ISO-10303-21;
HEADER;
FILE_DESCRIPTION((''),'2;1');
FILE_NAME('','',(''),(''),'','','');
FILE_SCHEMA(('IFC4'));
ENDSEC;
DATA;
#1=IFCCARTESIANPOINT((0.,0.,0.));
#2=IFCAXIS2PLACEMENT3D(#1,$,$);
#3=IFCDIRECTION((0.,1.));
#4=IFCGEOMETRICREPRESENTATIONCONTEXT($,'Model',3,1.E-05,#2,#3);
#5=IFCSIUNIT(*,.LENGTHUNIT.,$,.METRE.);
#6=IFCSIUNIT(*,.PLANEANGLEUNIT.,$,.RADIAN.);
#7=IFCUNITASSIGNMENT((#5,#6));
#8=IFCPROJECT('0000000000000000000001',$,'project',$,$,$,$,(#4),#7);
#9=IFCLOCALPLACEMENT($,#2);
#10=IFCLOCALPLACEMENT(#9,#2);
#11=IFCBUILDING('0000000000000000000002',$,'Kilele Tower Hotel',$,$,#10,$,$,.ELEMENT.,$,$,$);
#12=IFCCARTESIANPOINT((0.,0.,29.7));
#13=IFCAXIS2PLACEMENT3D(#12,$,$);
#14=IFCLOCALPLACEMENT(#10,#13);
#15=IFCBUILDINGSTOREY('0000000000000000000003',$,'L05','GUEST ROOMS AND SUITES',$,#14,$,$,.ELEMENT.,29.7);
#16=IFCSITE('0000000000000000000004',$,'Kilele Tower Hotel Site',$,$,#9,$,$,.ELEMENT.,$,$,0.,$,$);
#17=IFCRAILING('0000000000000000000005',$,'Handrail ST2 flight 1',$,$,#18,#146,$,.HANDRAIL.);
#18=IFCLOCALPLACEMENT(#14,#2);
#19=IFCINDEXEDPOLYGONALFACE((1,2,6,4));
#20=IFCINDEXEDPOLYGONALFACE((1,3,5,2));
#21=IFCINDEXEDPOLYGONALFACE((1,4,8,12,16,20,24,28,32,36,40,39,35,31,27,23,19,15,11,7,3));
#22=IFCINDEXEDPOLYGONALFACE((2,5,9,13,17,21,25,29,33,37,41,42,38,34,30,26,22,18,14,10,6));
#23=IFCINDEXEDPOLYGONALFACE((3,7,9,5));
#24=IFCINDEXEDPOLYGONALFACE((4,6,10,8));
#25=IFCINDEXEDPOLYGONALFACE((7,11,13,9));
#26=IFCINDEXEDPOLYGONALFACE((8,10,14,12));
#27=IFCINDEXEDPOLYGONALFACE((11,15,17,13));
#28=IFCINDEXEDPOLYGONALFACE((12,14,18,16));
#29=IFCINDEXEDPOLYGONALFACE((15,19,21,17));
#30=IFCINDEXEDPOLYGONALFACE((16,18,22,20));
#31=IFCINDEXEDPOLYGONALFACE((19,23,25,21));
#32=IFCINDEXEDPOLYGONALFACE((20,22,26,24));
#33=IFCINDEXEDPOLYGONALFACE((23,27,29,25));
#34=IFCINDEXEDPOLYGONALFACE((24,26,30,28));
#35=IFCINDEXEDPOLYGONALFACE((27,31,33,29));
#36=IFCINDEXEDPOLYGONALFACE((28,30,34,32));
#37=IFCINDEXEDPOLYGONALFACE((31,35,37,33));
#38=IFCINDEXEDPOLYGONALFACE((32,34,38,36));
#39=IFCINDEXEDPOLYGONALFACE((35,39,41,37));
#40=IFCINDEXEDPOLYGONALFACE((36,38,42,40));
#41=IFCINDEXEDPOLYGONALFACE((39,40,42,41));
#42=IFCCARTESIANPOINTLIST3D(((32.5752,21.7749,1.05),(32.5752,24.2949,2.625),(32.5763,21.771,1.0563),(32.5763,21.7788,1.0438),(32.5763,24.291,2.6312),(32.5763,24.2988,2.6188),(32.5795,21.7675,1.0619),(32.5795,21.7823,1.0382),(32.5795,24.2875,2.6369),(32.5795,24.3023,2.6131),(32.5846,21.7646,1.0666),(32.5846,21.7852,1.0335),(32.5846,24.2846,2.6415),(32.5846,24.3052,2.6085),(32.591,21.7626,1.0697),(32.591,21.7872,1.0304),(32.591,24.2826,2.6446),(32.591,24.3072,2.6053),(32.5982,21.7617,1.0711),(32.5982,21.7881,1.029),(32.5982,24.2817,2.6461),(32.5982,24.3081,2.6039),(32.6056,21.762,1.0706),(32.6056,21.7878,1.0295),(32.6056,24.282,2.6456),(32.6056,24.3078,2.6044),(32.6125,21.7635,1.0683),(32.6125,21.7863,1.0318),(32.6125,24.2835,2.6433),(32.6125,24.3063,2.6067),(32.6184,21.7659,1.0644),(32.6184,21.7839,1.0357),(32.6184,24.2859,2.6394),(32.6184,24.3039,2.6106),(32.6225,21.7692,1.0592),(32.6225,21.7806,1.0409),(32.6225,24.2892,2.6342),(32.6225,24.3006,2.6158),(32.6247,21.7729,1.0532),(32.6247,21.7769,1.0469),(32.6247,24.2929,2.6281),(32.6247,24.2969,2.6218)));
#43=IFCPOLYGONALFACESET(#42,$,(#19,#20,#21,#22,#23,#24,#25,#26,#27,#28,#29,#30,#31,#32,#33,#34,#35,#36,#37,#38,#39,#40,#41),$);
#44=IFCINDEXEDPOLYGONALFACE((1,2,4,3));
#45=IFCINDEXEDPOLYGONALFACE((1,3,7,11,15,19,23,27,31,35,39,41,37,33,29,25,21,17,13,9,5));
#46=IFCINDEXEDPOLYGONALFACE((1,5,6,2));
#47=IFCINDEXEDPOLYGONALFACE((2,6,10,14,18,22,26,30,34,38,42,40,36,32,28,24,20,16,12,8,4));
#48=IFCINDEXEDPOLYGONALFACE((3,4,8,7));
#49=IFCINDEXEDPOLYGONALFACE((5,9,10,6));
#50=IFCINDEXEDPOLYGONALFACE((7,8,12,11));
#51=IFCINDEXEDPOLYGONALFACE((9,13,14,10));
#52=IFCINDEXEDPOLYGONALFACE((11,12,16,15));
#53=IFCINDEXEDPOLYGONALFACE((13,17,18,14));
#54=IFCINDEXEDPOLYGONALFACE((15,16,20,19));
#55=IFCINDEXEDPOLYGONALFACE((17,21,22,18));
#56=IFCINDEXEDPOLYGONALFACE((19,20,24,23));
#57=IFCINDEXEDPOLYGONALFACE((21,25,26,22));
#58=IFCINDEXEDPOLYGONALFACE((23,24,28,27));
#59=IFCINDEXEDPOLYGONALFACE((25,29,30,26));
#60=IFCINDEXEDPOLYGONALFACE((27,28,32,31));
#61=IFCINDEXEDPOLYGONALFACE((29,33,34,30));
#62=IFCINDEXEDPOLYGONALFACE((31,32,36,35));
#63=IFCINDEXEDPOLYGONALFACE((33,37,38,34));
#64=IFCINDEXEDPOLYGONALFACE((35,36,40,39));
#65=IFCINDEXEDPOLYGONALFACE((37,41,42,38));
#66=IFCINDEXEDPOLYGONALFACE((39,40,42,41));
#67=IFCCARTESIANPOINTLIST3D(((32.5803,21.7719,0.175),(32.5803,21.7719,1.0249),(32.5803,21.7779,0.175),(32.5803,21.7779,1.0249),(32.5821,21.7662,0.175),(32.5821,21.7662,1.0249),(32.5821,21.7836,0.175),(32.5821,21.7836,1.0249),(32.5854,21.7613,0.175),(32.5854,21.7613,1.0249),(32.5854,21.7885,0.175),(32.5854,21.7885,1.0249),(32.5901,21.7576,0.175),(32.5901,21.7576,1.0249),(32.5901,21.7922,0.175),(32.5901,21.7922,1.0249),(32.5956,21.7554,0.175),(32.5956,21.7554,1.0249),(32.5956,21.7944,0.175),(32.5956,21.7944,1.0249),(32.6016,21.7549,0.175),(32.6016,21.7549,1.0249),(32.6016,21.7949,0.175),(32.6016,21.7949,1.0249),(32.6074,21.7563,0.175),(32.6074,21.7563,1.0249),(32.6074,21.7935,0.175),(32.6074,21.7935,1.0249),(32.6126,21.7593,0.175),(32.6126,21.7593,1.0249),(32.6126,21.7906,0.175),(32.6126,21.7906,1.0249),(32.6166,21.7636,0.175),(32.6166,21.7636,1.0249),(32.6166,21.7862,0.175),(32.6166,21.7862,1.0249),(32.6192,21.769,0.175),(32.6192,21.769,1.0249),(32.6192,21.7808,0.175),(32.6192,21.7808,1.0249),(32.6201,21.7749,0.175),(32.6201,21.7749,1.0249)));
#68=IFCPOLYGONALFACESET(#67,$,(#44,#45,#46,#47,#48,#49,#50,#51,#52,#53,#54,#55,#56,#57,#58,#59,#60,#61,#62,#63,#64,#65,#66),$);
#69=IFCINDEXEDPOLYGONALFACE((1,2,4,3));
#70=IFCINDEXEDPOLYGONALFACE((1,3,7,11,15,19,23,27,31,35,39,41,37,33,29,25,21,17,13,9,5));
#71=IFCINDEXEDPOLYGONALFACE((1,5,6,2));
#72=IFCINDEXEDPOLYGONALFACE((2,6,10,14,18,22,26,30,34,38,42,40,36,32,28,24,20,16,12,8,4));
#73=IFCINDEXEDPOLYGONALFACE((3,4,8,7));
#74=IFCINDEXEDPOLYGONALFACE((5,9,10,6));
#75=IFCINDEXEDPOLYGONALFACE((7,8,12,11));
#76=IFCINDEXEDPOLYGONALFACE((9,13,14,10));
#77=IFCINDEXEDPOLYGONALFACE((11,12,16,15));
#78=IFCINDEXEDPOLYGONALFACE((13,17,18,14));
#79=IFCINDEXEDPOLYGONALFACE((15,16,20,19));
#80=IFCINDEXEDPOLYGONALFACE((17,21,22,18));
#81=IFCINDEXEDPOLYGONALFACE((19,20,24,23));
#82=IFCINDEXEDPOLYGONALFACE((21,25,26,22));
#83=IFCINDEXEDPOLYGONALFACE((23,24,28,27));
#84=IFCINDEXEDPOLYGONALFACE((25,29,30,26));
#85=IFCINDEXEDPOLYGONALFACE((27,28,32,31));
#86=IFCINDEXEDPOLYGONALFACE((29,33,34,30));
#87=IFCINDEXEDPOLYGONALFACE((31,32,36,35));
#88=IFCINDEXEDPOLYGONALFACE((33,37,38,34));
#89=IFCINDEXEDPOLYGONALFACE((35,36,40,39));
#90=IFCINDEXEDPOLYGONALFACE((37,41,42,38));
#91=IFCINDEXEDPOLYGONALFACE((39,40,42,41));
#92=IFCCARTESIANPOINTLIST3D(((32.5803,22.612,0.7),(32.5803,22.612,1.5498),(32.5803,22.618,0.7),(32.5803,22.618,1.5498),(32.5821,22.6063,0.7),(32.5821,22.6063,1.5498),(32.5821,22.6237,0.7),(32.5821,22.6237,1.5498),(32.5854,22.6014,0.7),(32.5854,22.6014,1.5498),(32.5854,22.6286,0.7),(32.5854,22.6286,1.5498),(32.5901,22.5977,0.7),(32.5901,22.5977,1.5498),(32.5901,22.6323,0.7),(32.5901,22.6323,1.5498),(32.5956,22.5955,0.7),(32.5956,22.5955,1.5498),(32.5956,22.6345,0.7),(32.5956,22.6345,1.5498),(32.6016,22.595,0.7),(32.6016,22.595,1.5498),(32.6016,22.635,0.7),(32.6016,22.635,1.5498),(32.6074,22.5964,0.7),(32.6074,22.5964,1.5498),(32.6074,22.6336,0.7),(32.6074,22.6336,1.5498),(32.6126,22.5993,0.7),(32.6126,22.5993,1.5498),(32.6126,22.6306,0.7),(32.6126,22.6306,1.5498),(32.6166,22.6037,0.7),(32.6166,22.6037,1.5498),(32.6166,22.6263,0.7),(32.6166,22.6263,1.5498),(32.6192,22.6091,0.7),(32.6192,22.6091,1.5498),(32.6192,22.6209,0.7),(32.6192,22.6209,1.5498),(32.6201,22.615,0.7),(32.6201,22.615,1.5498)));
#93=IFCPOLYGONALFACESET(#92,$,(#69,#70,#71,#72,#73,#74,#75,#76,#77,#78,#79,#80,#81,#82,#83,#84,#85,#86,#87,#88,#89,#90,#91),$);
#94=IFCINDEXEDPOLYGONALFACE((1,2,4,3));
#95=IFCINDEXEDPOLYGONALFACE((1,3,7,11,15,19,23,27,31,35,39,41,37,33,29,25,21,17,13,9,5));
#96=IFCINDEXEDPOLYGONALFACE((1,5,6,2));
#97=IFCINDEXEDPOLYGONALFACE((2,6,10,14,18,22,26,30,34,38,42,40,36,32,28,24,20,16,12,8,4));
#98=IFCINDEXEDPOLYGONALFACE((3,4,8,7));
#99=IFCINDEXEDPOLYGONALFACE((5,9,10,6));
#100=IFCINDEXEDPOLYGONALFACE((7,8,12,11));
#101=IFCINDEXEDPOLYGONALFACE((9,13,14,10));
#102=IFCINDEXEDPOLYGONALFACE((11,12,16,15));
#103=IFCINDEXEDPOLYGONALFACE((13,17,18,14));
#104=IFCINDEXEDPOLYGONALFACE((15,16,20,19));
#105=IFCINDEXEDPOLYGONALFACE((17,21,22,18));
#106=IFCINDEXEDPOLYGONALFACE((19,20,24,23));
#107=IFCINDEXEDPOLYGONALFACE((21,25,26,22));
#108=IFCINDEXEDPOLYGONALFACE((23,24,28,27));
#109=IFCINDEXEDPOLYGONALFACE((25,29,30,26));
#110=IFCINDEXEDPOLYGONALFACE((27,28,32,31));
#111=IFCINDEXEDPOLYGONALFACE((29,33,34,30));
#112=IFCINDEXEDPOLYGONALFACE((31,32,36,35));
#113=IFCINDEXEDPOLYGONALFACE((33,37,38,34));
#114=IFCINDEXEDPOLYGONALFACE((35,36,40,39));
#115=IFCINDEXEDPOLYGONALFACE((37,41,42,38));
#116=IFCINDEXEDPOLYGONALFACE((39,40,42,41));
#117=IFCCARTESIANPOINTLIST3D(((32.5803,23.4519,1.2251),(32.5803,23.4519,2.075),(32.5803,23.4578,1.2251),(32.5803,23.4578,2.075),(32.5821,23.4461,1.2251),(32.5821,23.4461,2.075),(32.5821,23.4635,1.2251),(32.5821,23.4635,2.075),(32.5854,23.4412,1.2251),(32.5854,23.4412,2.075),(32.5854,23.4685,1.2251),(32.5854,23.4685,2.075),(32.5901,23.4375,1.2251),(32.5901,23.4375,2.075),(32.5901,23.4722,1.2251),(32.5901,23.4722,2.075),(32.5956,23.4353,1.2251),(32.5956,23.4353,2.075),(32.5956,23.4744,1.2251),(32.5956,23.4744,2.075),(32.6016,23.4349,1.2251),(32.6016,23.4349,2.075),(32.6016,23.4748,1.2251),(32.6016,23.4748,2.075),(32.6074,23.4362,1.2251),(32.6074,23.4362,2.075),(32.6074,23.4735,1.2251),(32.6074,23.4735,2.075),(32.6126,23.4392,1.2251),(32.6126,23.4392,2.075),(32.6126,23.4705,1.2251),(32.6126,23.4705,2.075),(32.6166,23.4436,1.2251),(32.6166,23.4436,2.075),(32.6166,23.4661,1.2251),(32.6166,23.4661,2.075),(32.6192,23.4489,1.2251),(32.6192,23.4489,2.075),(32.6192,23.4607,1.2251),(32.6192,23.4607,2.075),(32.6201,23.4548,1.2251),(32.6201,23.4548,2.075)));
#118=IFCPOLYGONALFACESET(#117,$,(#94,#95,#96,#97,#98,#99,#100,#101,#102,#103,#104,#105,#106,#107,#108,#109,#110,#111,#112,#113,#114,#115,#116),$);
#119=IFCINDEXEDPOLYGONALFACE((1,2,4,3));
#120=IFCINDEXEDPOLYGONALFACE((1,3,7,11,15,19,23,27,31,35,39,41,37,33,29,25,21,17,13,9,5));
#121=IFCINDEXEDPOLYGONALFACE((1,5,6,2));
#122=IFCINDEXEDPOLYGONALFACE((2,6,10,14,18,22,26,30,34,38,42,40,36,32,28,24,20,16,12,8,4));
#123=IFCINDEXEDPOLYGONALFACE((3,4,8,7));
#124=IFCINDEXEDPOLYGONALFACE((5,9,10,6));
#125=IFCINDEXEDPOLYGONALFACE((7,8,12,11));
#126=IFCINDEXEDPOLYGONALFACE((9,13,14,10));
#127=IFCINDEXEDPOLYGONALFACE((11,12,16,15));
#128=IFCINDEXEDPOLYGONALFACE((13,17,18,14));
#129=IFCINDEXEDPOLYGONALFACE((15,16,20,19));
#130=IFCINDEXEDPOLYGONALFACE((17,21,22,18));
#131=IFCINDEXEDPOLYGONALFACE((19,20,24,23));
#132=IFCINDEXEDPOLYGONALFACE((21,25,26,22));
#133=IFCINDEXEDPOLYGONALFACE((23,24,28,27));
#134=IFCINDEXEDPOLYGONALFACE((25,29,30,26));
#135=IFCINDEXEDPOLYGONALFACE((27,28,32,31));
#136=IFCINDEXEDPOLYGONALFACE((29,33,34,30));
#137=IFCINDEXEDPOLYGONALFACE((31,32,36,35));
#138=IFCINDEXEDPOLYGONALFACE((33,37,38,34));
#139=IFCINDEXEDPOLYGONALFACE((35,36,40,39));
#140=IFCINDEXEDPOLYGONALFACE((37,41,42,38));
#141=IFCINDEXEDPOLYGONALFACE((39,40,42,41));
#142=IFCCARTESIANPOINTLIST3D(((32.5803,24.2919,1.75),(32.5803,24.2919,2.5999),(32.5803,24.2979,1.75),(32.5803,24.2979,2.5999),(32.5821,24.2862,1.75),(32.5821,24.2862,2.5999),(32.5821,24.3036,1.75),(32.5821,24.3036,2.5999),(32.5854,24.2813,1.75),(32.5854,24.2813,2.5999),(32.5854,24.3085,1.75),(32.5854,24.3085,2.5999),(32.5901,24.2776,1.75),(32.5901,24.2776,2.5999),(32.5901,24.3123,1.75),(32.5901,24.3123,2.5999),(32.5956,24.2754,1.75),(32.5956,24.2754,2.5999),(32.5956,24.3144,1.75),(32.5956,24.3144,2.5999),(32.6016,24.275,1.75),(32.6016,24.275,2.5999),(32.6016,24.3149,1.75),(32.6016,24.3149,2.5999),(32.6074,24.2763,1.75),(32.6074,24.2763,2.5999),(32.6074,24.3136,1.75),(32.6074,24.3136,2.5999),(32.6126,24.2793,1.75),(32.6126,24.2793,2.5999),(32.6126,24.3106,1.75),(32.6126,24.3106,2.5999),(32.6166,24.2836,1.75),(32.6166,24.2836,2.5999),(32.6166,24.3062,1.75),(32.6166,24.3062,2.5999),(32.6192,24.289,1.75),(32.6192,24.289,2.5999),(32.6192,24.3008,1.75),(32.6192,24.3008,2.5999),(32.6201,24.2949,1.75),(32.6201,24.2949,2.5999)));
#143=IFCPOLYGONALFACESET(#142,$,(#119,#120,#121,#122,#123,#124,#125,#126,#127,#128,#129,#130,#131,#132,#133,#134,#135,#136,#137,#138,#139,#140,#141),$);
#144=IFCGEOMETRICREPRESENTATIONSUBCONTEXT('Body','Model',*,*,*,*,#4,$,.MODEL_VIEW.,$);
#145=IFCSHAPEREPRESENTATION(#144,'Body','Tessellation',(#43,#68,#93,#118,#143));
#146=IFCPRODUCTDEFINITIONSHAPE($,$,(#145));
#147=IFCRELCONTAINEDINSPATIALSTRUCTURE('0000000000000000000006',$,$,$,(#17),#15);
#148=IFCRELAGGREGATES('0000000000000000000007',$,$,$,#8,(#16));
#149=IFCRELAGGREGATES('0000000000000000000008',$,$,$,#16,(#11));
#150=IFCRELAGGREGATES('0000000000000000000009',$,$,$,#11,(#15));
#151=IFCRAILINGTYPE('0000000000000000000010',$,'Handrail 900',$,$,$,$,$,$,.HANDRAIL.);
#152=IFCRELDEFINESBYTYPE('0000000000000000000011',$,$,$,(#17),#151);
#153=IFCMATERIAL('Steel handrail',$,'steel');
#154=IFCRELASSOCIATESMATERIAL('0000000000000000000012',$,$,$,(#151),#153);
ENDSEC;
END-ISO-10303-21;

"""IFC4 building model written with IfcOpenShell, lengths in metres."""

from ifc_helpers import new_model, si_unit, direction, frame, origin, origin_2d, place, context, subcontext, project, spatial, circle, extrude, material, type_object, element, save


model = new_model("IFC4")

# Units and contexts
model_context = context("Model", 3, precision=1e-05, world=origin(), true_north=direction((0.0, 1.0)))
body_context = subcontext(model_context, "Body", "Model", "MODEL_VIEW")
ifc_project = project(units=[si_unit("LENGTHUNIT", "METRE"), si_unit("PLANEANGLEUNIT", "RADIAN")], contexts=[model_context])

# Site, building, storey
site_placement = place(None, origin())
site = spatial("IfcSite", under=ifc_project, at=site_placement, Name="Kilele Tower Hotel Site", CompositionType="ELEMENT", RefElevation=0.0)
building_placement = place(site_placement, origin())
building = spatial("IfcBuilding", under=site, at=building_placement, Name="Kilele Tower Hotel", CompositionType="ELEMENT")
storey_placement = place(building_placement, frame((0.0, 0.0, 29.7)))
storey = spatial("IfcBuildingStorey", under=building, at=storey_placement, Name="L05", Description="GUEST ROOMS AND SUITES", CompositionType="ELEMENT", Elevation=29.7)

# Railing
ifc_material_1 = material(Name="Steel handrail", Category="steel")
railing_type_1 = type_object("IfcRailingType", Name="Handrail 900", PredefinedType="HANDRAIL", material=ifc_material_1)
for number, where, name in (
    (1, (32.6001, 21.7749, 0.175), "Handrail ST2 flight 1"),
):
    element("IfcRailing", number, at=place(storey_placement, frame(where)), inside=storey, type_object=railing_type_1, Name=name, PredefinedType="HANDRAIL", context=body_context, shape_type="SweptSolid", body=[
        extrude(circle(Radius=0.0249, at=origin_2d()), frame((0.0, 0.0, 0.875), z_axis=(0.0, 0.848008, 0.529984), x_axis=(-1.0, 0.0, 0.0)), (0.0, 0.0, 1.0), 2.9717),
        extrude(circle(Radius=0.02, at=origin_2d()), origin(), (0.0, 0.0, 1.0), 0.8499),
        extrude(circle(Radius=0.02, at=origin_2d()), frame((0.0, 0.8401, 0.5249)), (0.0, 0.0, 1.0), 0.8499),
        extrude(circle(Radius=0.02, at=origin_2d()), frame((0.0, 1.6799, 1.05)), (0.0, 0.0, 1.0), 0.8499),
        extrude(circle(Radius=0.02, at=origin_2d()), frame((0.0, 2.52, 1.575)), (0.0, 0.0, 1.0), 0.8499),
    ])

save(model, "model.ifc")
